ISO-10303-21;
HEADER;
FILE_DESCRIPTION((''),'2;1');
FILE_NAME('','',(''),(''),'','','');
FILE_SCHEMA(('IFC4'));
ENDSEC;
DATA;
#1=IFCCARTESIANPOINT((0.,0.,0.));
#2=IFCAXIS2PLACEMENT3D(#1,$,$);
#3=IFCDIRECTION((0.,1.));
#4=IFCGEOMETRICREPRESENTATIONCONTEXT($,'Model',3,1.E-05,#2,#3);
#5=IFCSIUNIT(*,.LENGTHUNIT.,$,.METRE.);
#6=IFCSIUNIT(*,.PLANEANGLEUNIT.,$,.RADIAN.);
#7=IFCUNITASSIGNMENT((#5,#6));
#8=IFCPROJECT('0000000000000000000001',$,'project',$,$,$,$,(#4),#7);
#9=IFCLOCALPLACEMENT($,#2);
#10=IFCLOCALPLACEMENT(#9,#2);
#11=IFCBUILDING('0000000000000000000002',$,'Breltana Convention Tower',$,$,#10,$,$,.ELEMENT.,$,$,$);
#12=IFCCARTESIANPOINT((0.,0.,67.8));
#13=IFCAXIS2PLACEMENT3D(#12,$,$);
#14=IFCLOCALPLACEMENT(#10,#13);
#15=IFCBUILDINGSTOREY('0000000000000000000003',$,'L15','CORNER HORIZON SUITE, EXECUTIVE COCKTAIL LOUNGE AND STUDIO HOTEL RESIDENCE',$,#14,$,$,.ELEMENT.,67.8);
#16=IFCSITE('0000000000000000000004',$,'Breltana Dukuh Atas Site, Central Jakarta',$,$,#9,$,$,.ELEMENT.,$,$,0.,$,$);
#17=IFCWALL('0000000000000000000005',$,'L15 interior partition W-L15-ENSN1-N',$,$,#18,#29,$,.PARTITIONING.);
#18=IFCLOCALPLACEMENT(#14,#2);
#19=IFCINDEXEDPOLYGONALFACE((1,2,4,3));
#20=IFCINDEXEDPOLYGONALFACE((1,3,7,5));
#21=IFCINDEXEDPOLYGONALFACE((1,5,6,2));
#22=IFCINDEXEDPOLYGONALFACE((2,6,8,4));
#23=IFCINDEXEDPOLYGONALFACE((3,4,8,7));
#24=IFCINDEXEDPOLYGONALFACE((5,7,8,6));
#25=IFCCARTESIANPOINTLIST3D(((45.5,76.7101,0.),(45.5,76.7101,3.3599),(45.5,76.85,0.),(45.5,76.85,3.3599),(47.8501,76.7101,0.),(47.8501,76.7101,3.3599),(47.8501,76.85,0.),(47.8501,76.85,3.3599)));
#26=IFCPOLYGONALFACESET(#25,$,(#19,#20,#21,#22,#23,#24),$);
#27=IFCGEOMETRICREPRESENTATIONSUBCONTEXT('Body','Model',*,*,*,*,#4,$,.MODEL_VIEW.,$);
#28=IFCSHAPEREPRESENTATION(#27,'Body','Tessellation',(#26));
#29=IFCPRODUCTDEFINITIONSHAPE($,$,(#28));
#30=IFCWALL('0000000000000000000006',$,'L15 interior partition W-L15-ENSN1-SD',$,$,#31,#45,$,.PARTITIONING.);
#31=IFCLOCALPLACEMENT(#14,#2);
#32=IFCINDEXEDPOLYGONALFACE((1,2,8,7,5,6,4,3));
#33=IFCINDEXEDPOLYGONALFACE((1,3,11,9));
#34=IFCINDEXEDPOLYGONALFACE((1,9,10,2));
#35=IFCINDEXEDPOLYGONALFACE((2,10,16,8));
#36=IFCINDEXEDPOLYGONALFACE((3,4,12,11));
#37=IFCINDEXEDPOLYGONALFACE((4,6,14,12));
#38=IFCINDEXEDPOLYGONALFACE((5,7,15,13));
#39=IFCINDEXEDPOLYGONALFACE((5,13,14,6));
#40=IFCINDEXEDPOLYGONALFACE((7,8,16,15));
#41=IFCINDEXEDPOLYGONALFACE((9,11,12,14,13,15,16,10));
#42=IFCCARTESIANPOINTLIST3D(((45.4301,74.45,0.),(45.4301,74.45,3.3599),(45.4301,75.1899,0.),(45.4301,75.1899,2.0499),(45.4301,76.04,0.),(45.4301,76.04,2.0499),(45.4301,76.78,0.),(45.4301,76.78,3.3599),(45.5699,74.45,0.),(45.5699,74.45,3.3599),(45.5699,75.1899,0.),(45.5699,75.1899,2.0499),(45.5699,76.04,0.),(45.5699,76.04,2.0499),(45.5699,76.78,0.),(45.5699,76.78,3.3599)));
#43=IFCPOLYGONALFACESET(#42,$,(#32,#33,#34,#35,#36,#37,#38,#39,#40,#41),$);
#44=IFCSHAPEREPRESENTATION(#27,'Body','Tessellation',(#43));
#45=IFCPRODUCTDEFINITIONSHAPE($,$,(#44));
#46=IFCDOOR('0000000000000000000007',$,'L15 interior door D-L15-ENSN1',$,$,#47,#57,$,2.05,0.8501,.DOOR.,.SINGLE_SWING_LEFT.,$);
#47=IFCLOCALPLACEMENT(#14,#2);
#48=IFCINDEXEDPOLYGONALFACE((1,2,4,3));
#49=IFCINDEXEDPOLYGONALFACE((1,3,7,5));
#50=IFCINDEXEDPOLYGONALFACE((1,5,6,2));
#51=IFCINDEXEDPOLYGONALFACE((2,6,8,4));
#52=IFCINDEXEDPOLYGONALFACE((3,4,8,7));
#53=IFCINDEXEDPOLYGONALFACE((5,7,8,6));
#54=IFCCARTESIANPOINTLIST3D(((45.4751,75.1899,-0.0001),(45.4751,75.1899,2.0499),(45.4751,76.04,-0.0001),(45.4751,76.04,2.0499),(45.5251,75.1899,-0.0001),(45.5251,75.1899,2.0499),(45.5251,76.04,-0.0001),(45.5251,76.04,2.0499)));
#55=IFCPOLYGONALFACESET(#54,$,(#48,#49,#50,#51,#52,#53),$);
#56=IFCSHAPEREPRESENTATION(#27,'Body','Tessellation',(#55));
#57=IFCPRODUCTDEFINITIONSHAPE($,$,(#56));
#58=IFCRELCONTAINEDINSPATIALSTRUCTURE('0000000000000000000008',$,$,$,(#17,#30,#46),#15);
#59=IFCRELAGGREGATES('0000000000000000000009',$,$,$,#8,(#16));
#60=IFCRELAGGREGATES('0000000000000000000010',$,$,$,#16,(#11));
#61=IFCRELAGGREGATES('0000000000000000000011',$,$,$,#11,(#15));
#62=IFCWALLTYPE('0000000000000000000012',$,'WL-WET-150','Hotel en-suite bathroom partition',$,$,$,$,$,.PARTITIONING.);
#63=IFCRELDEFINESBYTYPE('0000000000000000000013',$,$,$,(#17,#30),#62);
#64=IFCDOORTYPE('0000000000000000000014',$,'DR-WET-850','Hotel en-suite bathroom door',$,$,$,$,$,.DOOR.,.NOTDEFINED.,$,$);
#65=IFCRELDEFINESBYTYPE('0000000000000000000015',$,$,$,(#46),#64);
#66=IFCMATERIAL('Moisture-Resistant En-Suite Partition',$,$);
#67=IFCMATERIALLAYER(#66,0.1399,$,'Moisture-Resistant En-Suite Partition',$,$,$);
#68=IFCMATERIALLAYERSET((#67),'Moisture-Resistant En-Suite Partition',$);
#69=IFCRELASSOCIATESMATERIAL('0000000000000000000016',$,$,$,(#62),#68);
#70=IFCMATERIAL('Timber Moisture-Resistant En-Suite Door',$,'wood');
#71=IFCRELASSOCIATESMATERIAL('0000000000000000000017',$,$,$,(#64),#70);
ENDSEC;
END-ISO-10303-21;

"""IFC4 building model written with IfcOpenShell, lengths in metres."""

from ifc_helpers import new_model, si_unit, direction, frame, frame_2d, origin, place, context, subcontext, project, spatial, rectangle, extrude, source, transform, mapped, material, layer, layer_set, type_object, type_shapes, element, fill, save


model = new_model("IFC4")

# Units and contexts
model_context = context("Model", 3, precision=1e-05, world=origin(), true_north=direction((0.0, 1.0)))
body_context = subcontext(model_context, "Body", "Model", "MODEL_VIEW")
ifc_project = project(units=[si_unit("LENGTHUNIT", "METRE"), si_unit("PLANEANGLEUNIT", "RADIAN")], contexts=[model_context])

# Site, building, storey
site_placement = place(None, origin())
site = spatial("IfcSite", under=ifc_project, at=site_placement, Name="Breltana Dukuh Atas Site, Central Jakarta", CompositionType="ELEMENT", RefElevation=0.0)
building_placement = place(site_placement, origin())
building = spatial("IfcBuilding", under=site, at=building_placement, Name="Breltana Convention Tower", CompositionType="ELEMENT")
storey_placement = place(building_placement, frame((0.0, 0.0, 67.8)))
storey = spatial("IfcBuildingStorey", under=building, at=storey_placement, Name="L15", Description="CORNER HORIZON SUITE, EXECUTIVE COCKTAIL LOUNGE AND STUDIO HOTEL RESIDENCE", CompositionType="ELEMENT", Elevation=67.8)

# Wall
ifc_material_1 = material(Name="Moisture-Resistant En-Suite Partition")
ifc_layer_1 = layer(ifc_material_1, 0.1399, Name="Moisture-Resistant En-Suite Partition")
ifc_layer_set_1 = layer_set([ifc_layer_1], Name="Moisture-Resistant En-Suite Partition")
wall_type_1 = type_object("IfcWallType", Name="WL-WET-150", Description="Hotel en-suite bathroom partition", PredefinedType="PARTITIONING", material=ifc_layer_set_1)
shared_shape_1 = source(origin(), body_context, "Body", "SweptSolid", [
    extrude(rectangle(XDim=2.3501, YDim=0.1399, at=frame_2d((1.175, 0.0))), origin(), (0.0, 0.0, 1.0), 3.3599),
])
wall_1_placement = place(storey_placement, frame((45.5, 76.78, 0.0), z_axis=(0.0, 0.0, 1.0), x_axis=(1.0, 0.0, 0.0)))
element("IfcWall", 1, at=wall_1_placement, inside=storey, type_object=wall_type_1, Name="L15 interior partition W-L15-ENSN1-N", PredefinedType="PARTITIONING", context=body_context, shape_type="MappedRepresentation", body=[
    mapped(shared_shape_1, transform((0.0, 0.0, 0.0), scale=1.0)),
])

# Wall, opening, door
shared_shape_2 = source(origin(), body_context, "Body", "SweptSolid", [
    extrude(rectangle(XDim=2.3301, YDim=0.1399, at=frame_2d((1.165, 0.0))), origin(), (0.0, 0.0, 1.0), 3.3599),
])
wall_2_placement = place(storey_placement, frame((45.5, 74.45, 0.0), z_axis=(0.0, 0.0, 1.0), x_axis=(0.0, 1.0, 0.0)))
wall_2 = element("IfcWall", 2, at=wall_2_placement, inside=storey, type_object=wall_type_1, Name="L15 interior partition W-L15-ENSN1-SD", PredefinedType="PARTITIONING", context=body_context, shape_type="MappedRepresentation", body=[
    mapped(shared_shape_2, transform((0.0, 0.0, 0.0), scale=1.0)),
])
opening_1_placement = place(wall_2_placement, frame((0.74, 0.0, 0.0)))
opening_1 = element("IfcOpeningElement", 3, at=opening_1_placement, cuts=wall_2, PredefinedType="OPENING", context=body_context, shape_type="SweptSolid", body=[
    extrude(rectangle(XDim=0.8501, YDim=2.05, at=frame_2d((0.425, 1.0249))), frame((0.0, 0.0801, 0.0), z_axis=(0.0, -1.0, 0.0), x_axis=(1.0, 0.0, 0.0)), (0.0, 0.0, 1.0), 0.1599),
])
ifc_material_2 = material(Name="Timber Moisture-Resistant En-Suite Door", Category="wood")
door_type_1 = type_object("IfcDoorType", Name="DR-WET-850", Description="Hotel en-suite bathroom door", OperationType="NOTDEFINED", PredefinedType="DOOR", material=ifc_material_2)
shared_shape_3 = source(origin(), body_context, "Body", "SweptSolid", [
    extrude(rectangle(XDim=0.8501, YDim=2.05, at=frame_2d((0.425, 1.0249))), frame((0.0, 0.0249, 0.0), z_axis=(0.0, -1.0, 0.0), x_axis=(1.0, 0.0, 0.0)), (0.0, 0.0, 1.0), 0.05),
])
type_shapes(door_type_1, [shared_shape_3])
door_1_placement = place(opening_1_placement, origin())
door_1 = element("IfcDoor", 4, at=door_1_placement, inside=storey, type_object=door_type_1, Name="L15 interior door D-L15-ENSN1", OperationType="SINGLE_SWING_LEFT", OverallHeight=2.05, OverallWidth=0.8501, PredefinedType="DOOR", context=body_context, shape_type="MappedRepresentation", body=[
    mapped(shared_shape_3, transform((0.0, 0.0, 0.0), scale=1.0)),
])
fill(opening_1, door_1)

save(model, "model.ifc")
